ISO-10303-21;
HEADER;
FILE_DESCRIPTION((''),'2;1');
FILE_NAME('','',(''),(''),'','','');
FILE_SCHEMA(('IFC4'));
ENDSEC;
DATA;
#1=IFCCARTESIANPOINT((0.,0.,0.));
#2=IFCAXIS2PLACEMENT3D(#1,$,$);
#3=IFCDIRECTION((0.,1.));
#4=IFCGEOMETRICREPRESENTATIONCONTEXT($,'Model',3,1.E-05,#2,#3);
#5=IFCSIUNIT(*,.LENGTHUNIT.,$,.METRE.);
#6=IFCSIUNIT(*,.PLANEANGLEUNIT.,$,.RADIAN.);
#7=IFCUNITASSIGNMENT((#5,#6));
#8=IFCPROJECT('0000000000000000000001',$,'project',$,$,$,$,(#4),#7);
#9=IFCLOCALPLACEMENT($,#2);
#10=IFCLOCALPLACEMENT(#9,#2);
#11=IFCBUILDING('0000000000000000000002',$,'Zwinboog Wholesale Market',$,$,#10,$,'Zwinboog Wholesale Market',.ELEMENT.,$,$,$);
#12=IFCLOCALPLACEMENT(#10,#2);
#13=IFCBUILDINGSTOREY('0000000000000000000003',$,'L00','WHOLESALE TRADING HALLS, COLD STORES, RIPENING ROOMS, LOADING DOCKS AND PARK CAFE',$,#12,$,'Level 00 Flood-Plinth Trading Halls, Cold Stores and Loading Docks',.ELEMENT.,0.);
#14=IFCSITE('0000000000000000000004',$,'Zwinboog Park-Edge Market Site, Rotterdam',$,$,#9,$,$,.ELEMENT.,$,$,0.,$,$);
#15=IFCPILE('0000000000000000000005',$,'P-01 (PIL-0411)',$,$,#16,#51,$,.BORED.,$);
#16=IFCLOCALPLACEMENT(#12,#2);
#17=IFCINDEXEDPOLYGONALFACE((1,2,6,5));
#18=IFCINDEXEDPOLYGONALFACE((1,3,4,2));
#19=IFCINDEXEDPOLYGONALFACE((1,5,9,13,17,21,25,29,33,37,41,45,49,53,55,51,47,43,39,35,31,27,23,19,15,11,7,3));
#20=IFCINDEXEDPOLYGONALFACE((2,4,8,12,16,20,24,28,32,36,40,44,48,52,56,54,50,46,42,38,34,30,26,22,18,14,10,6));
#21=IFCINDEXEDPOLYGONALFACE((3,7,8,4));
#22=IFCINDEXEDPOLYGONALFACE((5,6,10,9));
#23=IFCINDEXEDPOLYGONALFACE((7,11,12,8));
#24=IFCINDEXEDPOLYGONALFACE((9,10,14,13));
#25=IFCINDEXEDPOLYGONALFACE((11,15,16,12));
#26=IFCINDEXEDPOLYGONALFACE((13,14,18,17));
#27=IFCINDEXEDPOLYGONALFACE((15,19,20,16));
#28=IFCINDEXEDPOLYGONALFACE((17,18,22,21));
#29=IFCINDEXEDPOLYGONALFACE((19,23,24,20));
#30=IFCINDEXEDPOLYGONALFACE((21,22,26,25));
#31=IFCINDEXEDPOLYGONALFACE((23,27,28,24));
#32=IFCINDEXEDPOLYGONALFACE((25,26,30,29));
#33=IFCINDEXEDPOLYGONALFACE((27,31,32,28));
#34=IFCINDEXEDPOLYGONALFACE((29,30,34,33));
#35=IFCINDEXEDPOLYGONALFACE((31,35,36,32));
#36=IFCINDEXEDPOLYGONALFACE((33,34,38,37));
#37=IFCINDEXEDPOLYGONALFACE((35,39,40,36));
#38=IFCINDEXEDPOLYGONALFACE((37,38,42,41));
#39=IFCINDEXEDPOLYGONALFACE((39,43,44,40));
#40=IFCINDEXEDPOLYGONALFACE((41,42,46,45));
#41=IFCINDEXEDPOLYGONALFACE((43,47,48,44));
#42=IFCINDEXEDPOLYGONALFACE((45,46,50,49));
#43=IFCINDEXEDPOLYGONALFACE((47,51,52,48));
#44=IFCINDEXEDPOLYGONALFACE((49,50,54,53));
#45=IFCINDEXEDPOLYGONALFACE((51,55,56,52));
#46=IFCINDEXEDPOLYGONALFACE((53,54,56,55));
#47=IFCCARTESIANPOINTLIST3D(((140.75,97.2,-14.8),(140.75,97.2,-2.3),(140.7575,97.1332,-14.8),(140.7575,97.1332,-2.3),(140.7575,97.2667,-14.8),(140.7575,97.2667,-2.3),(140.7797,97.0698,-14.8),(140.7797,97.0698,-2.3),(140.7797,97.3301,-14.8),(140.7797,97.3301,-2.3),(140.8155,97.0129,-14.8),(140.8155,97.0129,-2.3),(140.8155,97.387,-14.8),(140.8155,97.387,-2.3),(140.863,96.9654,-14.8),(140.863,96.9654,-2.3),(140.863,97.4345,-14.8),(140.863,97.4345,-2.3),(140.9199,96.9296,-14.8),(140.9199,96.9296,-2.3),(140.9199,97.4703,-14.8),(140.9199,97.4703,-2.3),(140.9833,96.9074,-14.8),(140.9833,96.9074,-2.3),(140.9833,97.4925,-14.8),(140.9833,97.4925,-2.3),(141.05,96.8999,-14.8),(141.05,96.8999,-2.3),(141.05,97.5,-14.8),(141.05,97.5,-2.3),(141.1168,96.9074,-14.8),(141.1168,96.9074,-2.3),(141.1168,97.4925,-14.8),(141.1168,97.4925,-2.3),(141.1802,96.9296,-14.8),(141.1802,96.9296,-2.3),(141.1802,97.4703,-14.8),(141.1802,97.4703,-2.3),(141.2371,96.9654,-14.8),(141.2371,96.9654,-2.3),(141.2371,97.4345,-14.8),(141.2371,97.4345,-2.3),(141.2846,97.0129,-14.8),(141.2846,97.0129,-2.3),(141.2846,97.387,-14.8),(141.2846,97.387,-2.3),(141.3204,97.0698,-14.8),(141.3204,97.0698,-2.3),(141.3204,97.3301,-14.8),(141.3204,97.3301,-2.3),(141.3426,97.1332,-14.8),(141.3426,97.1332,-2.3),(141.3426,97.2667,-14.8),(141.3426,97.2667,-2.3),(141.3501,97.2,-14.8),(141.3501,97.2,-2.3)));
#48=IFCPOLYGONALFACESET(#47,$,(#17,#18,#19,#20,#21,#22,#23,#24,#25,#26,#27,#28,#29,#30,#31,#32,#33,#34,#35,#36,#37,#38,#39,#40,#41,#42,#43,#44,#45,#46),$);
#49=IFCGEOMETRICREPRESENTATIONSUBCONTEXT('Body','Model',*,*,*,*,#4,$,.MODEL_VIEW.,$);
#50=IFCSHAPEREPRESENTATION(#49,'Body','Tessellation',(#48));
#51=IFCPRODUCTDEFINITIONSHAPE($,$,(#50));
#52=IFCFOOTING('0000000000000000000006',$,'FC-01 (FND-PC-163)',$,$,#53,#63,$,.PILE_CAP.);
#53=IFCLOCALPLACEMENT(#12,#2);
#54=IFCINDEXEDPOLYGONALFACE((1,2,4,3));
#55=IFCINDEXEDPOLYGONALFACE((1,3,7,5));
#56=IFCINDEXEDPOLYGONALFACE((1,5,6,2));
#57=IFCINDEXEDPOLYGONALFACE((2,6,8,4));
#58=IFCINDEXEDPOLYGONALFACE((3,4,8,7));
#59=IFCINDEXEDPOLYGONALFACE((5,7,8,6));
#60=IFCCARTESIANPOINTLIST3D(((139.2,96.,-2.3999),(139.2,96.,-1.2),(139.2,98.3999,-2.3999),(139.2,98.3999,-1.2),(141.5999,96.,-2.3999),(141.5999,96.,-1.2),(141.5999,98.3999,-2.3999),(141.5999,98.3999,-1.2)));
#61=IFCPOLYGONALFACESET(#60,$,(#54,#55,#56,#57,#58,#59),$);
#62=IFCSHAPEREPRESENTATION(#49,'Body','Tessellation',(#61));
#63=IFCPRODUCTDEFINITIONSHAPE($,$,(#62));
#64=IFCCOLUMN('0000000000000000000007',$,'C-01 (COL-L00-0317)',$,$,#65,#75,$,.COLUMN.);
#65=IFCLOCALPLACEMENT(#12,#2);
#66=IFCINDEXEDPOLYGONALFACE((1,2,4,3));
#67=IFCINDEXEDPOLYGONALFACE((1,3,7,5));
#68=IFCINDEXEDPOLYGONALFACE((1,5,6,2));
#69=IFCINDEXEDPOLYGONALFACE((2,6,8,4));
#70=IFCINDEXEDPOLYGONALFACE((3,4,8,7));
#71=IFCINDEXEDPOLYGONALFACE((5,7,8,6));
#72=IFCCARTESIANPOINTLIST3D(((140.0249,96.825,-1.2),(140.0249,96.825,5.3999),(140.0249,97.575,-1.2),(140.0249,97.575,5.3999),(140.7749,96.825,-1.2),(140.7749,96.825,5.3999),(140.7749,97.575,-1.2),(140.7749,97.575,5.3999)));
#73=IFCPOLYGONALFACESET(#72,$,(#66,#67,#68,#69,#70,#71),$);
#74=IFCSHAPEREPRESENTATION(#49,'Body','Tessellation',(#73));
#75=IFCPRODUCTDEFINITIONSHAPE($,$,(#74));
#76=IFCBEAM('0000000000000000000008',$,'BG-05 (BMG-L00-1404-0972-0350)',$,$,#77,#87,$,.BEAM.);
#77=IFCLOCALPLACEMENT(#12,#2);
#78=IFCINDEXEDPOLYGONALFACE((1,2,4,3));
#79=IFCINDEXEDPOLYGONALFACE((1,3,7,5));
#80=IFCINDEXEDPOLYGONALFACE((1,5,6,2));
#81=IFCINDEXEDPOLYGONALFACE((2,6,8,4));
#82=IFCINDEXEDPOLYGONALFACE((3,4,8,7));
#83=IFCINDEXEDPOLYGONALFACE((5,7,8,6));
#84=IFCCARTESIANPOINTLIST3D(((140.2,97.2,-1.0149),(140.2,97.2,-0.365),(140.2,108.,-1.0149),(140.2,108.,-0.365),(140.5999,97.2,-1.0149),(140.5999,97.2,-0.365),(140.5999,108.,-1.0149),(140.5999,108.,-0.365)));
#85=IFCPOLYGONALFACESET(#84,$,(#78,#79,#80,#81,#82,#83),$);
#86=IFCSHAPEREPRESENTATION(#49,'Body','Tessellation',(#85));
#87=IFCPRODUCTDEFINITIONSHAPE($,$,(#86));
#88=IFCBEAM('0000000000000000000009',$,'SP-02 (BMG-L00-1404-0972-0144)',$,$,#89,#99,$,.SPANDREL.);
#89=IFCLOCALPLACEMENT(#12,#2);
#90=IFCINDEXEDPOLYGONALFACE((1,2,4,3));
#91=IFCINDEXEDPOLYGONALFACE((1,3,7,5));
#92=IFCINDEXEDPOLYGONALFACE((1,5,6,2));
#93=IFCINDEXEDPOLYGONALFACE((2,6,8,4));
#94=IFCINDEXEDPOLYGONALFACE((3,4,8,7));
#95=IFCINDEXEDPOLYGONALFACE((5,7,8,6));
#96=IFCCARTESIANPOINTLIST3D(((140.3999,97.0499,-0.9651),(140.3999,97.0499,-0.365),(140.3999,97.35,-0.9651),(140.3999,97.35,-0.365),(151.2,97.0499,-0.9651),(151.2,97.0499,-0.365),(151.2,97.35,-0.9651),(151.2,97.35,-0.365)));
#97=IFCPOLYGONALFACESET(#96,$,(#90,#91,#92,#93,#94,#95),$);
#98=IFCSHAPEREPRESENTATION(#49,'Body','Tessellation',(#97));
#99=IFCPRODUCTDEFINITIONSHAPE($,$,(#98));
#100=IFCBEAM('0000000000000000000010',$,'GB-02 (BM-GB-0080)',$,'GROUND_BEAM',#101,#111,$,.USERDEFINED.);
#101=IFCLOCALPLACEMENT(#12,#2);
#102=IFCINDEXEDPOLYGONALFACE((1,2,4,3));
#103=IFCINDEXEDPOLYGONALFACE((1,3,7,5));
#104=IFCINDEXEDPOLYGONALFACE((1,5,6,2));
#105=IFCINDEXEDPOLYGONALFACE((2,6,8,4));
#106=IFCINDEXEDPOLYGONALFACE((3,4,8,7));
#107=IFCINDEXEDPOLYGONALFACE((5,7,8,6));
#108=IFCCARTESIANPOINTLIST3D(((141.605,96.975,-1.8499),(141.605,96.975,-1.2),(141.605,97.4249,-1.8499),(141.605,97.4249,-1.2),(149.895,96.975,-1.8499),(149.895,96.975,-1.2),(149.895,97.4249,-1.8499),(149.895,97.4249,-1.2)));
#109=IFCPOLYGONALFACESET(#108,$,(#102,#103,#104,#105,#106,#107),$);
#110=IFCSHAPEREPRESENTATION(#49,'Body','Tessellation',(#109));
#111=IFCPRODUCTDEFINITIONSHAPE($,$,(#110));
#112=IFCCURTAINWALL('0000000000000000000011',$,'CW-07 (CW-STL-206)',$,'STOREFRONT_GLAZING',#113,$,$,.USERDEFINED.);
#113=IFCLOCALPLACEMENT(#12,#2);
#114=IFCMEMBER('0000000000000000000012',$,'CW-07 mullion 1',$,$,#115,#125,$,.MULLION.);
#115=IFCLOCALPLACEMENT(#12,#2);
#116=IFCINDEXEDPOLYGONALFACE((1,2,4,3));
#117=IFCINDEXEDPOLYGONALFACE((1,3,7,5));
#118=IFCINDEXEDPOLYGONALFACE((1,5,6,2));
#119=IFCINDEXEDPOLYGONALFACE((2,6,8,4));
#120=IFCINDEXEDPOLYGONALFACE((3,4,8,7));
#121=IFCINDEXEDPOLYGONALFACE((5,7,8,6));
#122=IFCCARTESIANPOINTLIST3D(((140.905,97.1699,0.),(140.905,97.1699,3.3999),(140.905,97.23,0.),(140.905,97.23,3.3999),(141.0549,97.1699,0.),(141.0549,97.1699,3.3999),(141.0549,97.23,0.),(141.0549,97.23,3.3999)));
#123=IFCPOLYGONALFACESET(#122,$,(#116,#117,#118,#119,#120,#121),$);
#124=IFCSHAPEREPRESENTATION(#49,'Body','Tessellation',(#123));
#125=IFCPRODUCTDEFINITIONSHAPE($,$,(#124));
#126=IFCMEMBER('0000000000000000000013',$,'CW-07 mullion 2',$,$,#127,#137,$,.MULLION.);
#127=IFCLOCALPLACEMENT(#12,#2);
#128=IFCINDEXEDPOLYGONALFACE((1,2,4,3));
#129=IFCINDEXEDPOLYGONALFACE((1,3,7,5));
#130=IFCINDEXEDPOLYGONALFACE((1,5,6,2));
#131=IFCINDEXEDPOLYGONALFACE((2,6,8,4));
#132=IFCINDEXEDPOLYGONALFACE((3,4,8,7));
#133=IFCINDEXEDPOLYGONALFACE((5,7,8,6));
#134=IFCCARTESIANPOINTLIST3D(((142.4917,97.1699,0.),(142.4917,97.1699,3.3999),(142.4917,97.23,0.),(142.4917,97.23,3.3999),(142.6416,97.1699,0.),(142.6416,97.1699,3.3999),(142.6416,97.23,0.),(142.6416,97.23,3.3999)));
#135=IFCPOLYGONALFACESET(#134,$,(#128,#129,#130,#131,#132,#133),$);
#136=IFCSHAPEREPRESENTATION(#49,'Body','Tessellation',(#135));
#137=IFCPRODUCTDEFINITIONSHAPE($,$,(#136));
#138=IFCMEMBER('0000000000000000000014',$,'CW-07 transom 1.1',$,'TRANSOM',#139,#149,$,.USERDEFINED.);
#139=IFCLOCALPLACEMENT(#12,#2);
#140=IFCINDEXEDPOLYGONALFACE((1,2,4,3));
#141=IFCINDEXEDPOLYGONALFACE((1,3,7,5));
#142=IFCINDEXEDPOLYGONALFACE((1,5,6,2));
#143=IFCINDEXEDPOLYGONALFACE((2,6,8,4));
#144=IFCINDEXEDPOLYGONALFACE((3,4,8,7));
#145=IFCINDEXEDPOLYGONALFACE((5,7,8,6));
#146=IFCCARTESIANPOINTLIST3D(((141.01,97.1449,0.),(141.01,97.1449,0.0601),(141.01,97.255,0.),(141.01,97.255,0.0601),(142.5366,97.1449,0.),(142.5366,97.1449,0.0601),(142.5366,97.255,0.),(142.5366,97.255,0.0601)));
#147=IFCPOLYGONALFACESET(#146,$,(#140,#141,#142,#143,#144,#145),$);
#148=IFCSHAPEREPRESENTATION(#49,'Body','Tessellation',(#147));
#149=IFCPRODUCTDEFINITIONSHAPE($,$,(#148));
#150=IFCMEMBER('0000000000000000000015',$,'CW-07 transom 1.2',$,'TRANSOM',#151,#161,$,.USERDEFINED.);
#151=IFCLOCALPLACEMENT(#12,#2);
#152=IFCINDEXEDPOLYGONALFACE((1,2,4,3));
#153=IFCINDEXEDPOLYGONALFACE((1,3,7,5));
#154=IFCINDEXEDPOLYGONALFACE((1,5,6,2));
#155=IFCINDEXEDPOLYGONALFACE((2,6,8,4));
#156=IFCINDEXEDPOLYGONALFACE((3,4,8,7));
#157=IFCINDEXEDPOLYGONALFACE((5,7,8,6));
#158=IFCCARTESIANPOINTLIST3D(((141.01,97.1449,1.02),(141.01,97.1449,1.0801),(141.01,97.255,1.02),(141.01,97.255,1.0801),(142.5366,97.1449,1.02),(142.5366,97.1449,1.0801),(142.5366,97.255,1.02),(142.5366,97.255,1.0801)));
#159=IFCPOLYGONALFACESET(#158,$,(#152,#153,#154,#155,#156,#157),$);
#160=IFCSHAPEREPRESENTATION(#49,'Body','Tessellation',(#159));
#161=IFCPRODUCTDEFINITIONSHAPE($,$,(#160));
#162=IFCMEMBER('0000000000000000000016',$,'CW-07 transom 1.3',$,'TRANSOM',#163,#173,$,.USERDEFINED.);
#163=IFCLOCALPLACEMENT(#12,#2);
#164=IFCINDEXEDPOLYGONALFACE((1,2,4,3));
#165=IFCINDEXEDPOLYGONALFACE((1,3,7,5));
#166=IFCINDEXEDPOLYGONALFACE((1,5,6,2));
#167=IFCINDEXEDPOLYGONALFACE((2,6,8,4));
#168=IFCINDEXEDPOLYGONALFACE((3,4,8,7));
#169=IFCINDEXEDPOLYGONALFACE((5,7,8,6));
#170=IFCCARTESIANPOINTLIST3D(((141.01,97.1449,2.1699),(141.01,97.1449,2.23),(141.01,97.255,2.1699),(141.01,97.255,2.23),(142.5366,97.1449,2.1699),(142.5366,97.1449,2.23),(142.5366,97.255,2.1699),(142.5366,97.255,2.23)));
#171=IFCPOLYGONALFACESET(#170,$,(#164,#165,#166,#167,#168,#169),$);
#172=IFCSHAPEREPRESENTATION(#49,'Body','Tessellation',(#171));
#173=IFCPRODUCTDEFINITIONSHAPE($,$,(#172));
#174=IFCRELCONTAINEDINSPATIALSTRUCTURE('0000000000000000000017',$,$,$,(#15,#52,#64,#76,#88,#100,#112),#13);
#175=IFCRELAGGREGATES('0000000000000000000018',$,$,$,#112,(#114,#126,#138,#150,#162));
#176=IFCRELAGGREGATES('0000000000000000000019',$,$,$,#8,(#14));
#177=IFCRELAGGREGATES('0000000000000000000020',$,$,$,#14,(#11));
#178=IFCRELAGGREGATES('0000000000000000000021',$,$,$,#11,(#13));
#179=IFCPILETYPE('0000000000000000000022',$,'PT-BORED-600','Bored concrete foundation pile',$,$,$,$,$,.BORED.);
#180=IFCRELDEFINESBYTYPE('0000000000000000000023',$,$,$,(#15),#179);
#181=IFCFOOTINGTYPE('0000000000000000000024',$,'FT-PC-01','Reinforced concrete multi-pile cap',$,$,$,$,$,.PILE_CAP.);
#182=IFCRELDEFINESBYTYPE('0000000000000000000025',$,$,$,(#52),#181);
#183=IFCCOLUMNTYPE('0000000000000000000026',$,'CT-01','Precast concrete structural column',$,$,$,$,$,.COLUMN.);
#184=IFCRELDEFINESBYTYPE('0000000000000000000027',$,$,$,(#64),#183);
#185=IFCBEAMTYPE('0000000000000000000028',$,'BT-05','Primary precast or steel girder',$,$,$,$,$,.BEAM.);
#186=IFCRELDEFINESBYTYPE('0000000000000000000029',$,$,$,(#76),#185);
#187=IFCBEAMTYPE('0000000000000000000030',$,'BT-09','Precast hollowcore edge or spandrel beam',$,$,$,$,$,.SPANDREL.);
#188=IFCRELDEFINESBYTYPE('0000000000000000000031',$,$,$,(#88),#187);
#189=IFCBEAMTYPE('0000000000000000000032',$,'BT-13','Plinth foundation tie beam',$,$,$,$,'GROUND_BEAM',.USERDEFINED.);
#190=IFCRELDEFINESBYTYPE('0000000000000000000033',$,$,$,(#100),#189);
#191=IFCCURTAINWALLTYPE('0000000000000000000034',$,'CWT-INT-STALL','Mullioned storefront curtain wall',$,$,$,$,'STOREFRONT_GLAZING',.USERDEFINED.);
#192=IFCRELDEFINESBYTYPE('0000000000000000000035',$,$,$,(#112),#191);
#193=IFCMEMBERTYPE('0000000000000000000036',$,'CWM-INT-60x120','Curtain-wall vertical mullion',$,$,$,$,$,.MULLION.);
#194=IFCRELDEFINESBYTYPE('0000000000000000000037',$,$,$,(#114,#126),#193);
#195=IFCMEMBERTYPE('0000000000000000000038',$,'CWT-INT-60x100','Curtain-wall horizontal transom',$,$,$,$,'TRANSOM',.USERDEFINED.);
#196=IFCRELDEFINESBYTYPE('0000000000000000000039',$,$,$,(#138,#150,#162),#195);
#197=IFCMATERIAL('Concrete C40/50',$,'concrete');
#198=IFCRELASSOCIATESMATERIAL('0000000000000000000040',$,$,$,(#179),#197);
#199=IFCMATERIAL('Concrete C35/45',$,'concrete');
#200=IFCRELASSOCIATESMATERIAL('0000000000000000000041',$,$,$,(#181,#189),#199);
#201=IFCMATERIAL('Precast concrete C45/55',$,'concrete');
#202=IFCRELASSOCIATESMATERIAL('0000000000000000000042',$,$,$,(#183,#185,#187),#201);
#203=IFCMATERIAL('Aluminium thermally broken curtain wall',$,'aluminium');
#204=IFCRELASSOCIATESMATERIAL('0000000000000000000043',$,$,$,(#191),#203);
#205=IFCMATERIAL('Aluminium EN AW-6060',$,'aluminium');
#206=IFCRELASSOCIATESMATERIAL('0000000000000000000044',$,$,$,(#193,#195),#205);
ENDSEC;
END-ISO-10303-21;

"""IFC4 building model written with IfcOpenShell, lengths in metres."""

from ifc_helpers import new_model, si_unit, direction, frame, origin, origin_2d, place, context, subcontext, project, spatial, rectangle, circle, extrude, material, material_profile, profile_set, type_object, element, aggregate, save


model = new_model("IFC4")

# Units and contexts
model_context = context("Model", 3, precision=1e-05, world=origin(), true_north=direction((0.0, 1.0)))
body_context = subcontext(model_context, "Body", "Model", "MODEL_VIEW")
ifc_project = project(units=[si_unit("LENGTHUNIT", "METRE"), si_unit("PLANEANGLEUNIT", "RADIAN")], contexts=[model_context])

# Site, building, storey
site_placement = place(None, origin())
site = spatial("IfcSite", under=ifc_project, at=site_placement, Name="Zwinboog Park-Edge Market Site, Rotterdam", CompositionType="ELEMENT", RefElevation=0.0)
building_placement = place(site_placement, origin())
building = spatial("IfcBuilding", under=site, at=building_placement, Name="Zwinboog Wholesale Market", LongName="Zwinboog Wholesale Market", CompositionType="ELEMENT")
storey_placement = place(building_placement, origin())
storey = spatial("IfcBuildingStorey", under=building, at=storey_placement, Name="L00", Description="WHOLESALE TRADING HALLS, COLD STORES, RIPENING ROOMS, LOADING DOCKS AND PARK CAFE", LongName="Level 00 Flood-Plinth Trading Halls, Cold Stores and Loading Docks", CompositionType="ELEMENT", Elevation=0.0)

# Pile
ifc_material_1 = material(Name="Concrete C40/50", Category="concrete")
ifc_material_profile_1 = material_profile(ifc_material_1, circle(Radius=0.3, at=origin_2d()), Name="PILE D600")
ifc_profile_set_1 = profile_set([ifc_material_profile_1], Name="Concrete C40/50")
pile_type = type_object("IfcPileType", Name="PT-BORED-600", Description="Bored concrete foundation pile", PredefinedType="BORED", material=ifc_profile_set_1)
pile_placement = place(storey_placement, frame((141.05, 97.2, -2.3), z_axis=(0.0, 0.0, -1.0), x_axis=(1.0, 0.0, 0.0)))
element("IfcPile", 1, at=pile_placement, inside=storey, type_object=pile_type, Name="P-01 (PIL-0411)", PredefinedType="BORED", context=body_context, shape_type="SweptSolid", body=[
    extrude(circle(Radius=0.3, at=origin_2d()), origin(), (0.0, 0.0, 1.0), 12.5),
])

# Footing
ifc_material_2 = material(Name="Concrete C35/45", Category="concrete")
footing_type = type_object("IfcFootingType", Name="FT-PC-01", Description="Reinforced concrete multi-pile cap", PredefinedType="PILE_CAP", material=ifc_material_2)
footing_placement = place(storey_placement, frame((140.3999, 97.2, -2.3999), z_axis=(0.0, 0.0, 1.0), x_axis=(1.0, 0.0, 0.0)))
element("IfcFooting", 2, at=footing_placement, inside=storey, type_object=footing_type, Name="FC-01 (FND-PC-163)", PredefinedType="PILE_CAP", context=body_context, shape_type="SweptSolid", body=[
    extrude(rectangle(XDim=2.3999, YDim=2.3999, at=origin_2d()), origin(), (0.0, 0.0, 1.0), 1.2),
])

# Column
ifc_material_3 = material(Name="Precast concrete C45/55", Category="concrete")
ifc_material_profile_2 = material_profile(ifc_material_3, rectangle(XDim=0.75, YDim=0.75, at=origin_2d()), Name="PC 750x750")
ifc_profile_set_2 = profile_set([ifc_material_profile_2], Name="Precast concrete C45/55")
column_type = type_object("IfcColumnType", Name="CT-01", Description="Precast concrete structural column", PredefinedType="COLUMN", material=ifc_profile_set_2)
column_placement = place(storey_placement, frame((140.3999, 97.2, -1.2), z_axis=(0.0, 0.0, 1.0), x_axis=(1.0, 0.0, 0.0)))
element("IfcColumn", 3, at=column_placement, inside=storey, type_object=column_type, Name="C-01 (COL-L00-0317)", PredefinedType="COLUMN", context=body_context, shape_type="SweptSolid", body=[
    extrude(rectangle(XDim=0.75, YDim=0.75, at=origin_2d()), origin(), (0.0, 0.0, 1.0), 6.5999),
])

# Beams
ifc_material_profile_3 = material_profile(ifc_material_3, rectangle(XDim=0.3999, YDim=0.6499, at=origin_2d()), Name="PC 400x650")
ifc_profile_set_3 = profile_set([ifc_material_profile_3], Name="Precast concrete C45/55")
beam_type_1 = type_object("IfcBeamType", Name="BT-05", Description="Primary precast or steel girder", PredefinedType="BEAM", material=ifc_profile_set_3)
beam_1_placement = place(storey_placement, frame((140.3999, 97.2, -0.6899), z_axis=(0.0, 1.0, 0.0), x_axis=(-1.0, 0.0, 0.0)))
element("IfcBeam", 4, at=beam_1_placement, inside=storey, type_object=beam_type_1, Name="BG-05 (BMG-L00-1404-0972-0350)", PredefinedType="BEAM", context=body_context, shape_type="SweptSolid", body=[
    extrude(rectangle(XDim=0.3999, YDim=0.6499, at=origin_2d()), origin(), (0.0, 0.0, 1.0), 10.8),
])
ifc_material_profile_4 = material_profile(ifc_material_3, rectangle(XDim=0.3, YDim=0.6001, at=origin_2d()), Name="PC 300x600")
ifc_profile_set_4 = profile_set([ifc_material_profile_4], Name="Precast concrete C45/55")
beam_type_2 = type_object("IfcBeamType", Name="BT-09", Description="Precast hollowcore edge or spandrel beam", PredefinedType="SPANDREL", material=ifc_profile_set_4)
beam_2_placement = place(storey_placement, frame((140.3999, 97.2, -0.665), z_axis=(1.0, 0.0, 0.0), x_axis=(0.0, 1.0, 0.0)))
element("IfcBeam", 5, at=beam_2_placement, inside=storey, type_object=beam_type_2, Name="SP-02 (BMG-L00-1404-0972-0144)", PredefinedType="SPANDREL", context=body_context, shape_type="SweptSolid", body=[
    extrude(rectangle(XDim=0.3, YDim=0.6001, at=origin_2d()), origin(), (0.0, 0.0, 1.0), 10.8),
])
ifc_material_profile_5 = material_profile(ifc_material_2, rectangle(XDim=0.45, YDim=0.6499, at=origin_2d()), Name="RC 450x650")
ifc_profile_set_5 = profile_set([ifc_material_profile_5], Name="Concrete C35/45")
beam_type_3 = type_object("IfcBeamType", Name="BT-13", Description="Plinth foundation tie beam", ElementType="GROUND_BEAM", PredefinedType="USERDEFINED", material=ifc_profile_set_5)
beam_3_placement = place(storey_placement, frame((141.605, 97.2, -1.5249), z_axis=(1.0, 0.0, 0.0), x_axis=(0.0, 1.0, 0.0)))
element("IfcBeam", 6, at=beam_3_placement, inside=storey, type_object=beam_type_3, Name="GB-02 (BM-GB-0080)", ObjectType="GROUND_BEAM", PredefinedType="USERDEFINED", context=body_context, shape_type="SweptSolid", body=[
    extrude(rectangle(XDim=0.45, YDim=0.6499, at=origin_2d()), origin(), (0.0, 0.0, 1.0), 8.29),
])

# Curtain wall, members
ifc_material_4 = material(Name="Aluminium thermally broken curtain wall", Category="aluminium")
curtain_wall_type = type_object("IfcCurtainWallType", Name="CWT-INT-STALL", Description="Mullioned storefront curtain wall", ElementType="STOREFRONT_GLAZING", PredefinedType="USERDEFINED", material=ifc_material_4)
curtain_wall_placement = place(storey_placement, origin())
curtain_wall = element("IfcCurtainWall", 7, at=curtain_wall_placement, inside=storey, type_object=curtain_wall_type, Name="CW-07 (CW-STL-206)", ObjectType="STOREFRONT_GLAZING", PredefinedType="USERDEFINED")
ifc_material_5 = material(Name="Aluminium EN AW-6060", Category="aluminium")
ifc_material_profile_6 = material_profile(ifc_material_5, rectangle(XDim=0.0601, YDim=0.1499, at=origin_2d()), Name="AL 60x150")
ifc_profile_set_6 = profile_set([ifc_material_profile_6], Name="Aluminium EN AW-6060")
member_type_1 = type_object("IfcMemberType", Name="CWM-INT-60x120", Description="Curtain-wall vertical mullion", PredefinedType="MULLION", material=ifc_profile_set_6)
member_1_placement = place(storey_placement, frame((140.98, 97.2, 0.0), z_axis=(0.0, 0.0, 1.0), x_axis=(0.0, 1.0, 0.0)))
member_1 = element("IfcMember", 8, at=member_1_placement, type_object=member_type_1, Name="CW-07 mullion 1", PredefinedType="MULLION", context=body_context, shape_type="SweptSolid", body=[
    extrude(rectangle(XDim=0.0601, YDim=0.1499, at=origin_2d()), origin(), (0.0, 0.0, 1.0), 3.3999),
])
member_2_placement = place(storey_placement, frame((142.5667, 97.2, 0.0), z_axis=(0.0, 0.0, 1.0), x_axis=(0.0, 1.0, 0.0)))
member_2 = element("IfcMember", 9, at=member_2_placement, type_object=member_type_1, Name="CW-07 mullion 2", PredefinedType="MULLION", context=body_context, shape_type="SweptSolid", body=[
    extrude(rectangle(XDim=0.0601, YDim=0.1499, at=origin_2d()), origin(), (0.0, 0.0, 1.0), 3.3999),
])
ifc_material_profile_7 = material_profile(ifc_material_5, rectangle(XDim=0.1101, YDim=0.0601, at=origin_2d()), Name="AL 60x110")
ifc_profile_set_7 = profile_set([ifc_material_profile_7], Name="Aluminium EN AW-6060")
member_type_2 = type_object("IfcMemberType", Name="CWT-INT-60x100", Description="Curtain-wall horizontal transom", ElementType="TRANSOM", PredefinedType="USERDEFINED", material=ifc_profile_set_7)
member_3_placement = place(storey_placement, frame((141.01, 97.2, 0.03), z_axis=(1.0, 0.0, 0.0), x_axis=(0.0, 1.0, 0.0)))
member_3 = element("IfcMember", 10, at=member_3_placement, type_object=member_type_2, Name="CW-07 transom 1.1", ObjectType="TRANSOM", PredefinedType="USERDEFINED", context=body_context, shape_type="SweptSolid", body=[
    extrude(rectangle(XDim=0.1101, YDim=0.0601, at=origin_2d()), origin(), (0.0, 0.0, 1.0), 1.5266),
])
member_4_placement = place(storey_placement, frame((141.01, 97.2, 1.05), z_axis=(1.0, 0.0, 0.0), x_axis=(0.0, 1.0, 0.0)))
member_4 = element("IfcMember", 11, at=member_4_placement, type_object=member_type_2, Name="CW-07 transom 1.2", ObjectType="TRANSOM", PredefinedType="USERDEFINED", context=body_context, shape_type="SweptSolid", body=[
    extrude(rectangle(XDim=0.1101, YDim=0.0601, at=origin_2d()), origin(), (0.0, 0.0, 1.0), 1.5266),
])
member_5_placement = place(storey_placement, frame((141.01, 97.2, 2.2), z_axis=(1.0, 0.0, 0.0), x_axis=(0.0, 1.0, 0.0)))
member_5 = element("IfcMember", 12, at=member_5_placement, type_object=member_type_2, Name="CW-07 transom 1.3", ObjectType="TRANSOM", PredefinedType="USERDEFINED", context=body_context, shape_type="SweptSolid", body=[
    extrude(rectangle(XDim=0.1101, YDim=0.0601, at=origin_2d()), origin(), (0.0, 0.0, 1.0), 1.5266),
])
aggregate(curtain_wall, [member_1, member_2, member_3, member_4, member_5])

save(model, "model.ifc")
